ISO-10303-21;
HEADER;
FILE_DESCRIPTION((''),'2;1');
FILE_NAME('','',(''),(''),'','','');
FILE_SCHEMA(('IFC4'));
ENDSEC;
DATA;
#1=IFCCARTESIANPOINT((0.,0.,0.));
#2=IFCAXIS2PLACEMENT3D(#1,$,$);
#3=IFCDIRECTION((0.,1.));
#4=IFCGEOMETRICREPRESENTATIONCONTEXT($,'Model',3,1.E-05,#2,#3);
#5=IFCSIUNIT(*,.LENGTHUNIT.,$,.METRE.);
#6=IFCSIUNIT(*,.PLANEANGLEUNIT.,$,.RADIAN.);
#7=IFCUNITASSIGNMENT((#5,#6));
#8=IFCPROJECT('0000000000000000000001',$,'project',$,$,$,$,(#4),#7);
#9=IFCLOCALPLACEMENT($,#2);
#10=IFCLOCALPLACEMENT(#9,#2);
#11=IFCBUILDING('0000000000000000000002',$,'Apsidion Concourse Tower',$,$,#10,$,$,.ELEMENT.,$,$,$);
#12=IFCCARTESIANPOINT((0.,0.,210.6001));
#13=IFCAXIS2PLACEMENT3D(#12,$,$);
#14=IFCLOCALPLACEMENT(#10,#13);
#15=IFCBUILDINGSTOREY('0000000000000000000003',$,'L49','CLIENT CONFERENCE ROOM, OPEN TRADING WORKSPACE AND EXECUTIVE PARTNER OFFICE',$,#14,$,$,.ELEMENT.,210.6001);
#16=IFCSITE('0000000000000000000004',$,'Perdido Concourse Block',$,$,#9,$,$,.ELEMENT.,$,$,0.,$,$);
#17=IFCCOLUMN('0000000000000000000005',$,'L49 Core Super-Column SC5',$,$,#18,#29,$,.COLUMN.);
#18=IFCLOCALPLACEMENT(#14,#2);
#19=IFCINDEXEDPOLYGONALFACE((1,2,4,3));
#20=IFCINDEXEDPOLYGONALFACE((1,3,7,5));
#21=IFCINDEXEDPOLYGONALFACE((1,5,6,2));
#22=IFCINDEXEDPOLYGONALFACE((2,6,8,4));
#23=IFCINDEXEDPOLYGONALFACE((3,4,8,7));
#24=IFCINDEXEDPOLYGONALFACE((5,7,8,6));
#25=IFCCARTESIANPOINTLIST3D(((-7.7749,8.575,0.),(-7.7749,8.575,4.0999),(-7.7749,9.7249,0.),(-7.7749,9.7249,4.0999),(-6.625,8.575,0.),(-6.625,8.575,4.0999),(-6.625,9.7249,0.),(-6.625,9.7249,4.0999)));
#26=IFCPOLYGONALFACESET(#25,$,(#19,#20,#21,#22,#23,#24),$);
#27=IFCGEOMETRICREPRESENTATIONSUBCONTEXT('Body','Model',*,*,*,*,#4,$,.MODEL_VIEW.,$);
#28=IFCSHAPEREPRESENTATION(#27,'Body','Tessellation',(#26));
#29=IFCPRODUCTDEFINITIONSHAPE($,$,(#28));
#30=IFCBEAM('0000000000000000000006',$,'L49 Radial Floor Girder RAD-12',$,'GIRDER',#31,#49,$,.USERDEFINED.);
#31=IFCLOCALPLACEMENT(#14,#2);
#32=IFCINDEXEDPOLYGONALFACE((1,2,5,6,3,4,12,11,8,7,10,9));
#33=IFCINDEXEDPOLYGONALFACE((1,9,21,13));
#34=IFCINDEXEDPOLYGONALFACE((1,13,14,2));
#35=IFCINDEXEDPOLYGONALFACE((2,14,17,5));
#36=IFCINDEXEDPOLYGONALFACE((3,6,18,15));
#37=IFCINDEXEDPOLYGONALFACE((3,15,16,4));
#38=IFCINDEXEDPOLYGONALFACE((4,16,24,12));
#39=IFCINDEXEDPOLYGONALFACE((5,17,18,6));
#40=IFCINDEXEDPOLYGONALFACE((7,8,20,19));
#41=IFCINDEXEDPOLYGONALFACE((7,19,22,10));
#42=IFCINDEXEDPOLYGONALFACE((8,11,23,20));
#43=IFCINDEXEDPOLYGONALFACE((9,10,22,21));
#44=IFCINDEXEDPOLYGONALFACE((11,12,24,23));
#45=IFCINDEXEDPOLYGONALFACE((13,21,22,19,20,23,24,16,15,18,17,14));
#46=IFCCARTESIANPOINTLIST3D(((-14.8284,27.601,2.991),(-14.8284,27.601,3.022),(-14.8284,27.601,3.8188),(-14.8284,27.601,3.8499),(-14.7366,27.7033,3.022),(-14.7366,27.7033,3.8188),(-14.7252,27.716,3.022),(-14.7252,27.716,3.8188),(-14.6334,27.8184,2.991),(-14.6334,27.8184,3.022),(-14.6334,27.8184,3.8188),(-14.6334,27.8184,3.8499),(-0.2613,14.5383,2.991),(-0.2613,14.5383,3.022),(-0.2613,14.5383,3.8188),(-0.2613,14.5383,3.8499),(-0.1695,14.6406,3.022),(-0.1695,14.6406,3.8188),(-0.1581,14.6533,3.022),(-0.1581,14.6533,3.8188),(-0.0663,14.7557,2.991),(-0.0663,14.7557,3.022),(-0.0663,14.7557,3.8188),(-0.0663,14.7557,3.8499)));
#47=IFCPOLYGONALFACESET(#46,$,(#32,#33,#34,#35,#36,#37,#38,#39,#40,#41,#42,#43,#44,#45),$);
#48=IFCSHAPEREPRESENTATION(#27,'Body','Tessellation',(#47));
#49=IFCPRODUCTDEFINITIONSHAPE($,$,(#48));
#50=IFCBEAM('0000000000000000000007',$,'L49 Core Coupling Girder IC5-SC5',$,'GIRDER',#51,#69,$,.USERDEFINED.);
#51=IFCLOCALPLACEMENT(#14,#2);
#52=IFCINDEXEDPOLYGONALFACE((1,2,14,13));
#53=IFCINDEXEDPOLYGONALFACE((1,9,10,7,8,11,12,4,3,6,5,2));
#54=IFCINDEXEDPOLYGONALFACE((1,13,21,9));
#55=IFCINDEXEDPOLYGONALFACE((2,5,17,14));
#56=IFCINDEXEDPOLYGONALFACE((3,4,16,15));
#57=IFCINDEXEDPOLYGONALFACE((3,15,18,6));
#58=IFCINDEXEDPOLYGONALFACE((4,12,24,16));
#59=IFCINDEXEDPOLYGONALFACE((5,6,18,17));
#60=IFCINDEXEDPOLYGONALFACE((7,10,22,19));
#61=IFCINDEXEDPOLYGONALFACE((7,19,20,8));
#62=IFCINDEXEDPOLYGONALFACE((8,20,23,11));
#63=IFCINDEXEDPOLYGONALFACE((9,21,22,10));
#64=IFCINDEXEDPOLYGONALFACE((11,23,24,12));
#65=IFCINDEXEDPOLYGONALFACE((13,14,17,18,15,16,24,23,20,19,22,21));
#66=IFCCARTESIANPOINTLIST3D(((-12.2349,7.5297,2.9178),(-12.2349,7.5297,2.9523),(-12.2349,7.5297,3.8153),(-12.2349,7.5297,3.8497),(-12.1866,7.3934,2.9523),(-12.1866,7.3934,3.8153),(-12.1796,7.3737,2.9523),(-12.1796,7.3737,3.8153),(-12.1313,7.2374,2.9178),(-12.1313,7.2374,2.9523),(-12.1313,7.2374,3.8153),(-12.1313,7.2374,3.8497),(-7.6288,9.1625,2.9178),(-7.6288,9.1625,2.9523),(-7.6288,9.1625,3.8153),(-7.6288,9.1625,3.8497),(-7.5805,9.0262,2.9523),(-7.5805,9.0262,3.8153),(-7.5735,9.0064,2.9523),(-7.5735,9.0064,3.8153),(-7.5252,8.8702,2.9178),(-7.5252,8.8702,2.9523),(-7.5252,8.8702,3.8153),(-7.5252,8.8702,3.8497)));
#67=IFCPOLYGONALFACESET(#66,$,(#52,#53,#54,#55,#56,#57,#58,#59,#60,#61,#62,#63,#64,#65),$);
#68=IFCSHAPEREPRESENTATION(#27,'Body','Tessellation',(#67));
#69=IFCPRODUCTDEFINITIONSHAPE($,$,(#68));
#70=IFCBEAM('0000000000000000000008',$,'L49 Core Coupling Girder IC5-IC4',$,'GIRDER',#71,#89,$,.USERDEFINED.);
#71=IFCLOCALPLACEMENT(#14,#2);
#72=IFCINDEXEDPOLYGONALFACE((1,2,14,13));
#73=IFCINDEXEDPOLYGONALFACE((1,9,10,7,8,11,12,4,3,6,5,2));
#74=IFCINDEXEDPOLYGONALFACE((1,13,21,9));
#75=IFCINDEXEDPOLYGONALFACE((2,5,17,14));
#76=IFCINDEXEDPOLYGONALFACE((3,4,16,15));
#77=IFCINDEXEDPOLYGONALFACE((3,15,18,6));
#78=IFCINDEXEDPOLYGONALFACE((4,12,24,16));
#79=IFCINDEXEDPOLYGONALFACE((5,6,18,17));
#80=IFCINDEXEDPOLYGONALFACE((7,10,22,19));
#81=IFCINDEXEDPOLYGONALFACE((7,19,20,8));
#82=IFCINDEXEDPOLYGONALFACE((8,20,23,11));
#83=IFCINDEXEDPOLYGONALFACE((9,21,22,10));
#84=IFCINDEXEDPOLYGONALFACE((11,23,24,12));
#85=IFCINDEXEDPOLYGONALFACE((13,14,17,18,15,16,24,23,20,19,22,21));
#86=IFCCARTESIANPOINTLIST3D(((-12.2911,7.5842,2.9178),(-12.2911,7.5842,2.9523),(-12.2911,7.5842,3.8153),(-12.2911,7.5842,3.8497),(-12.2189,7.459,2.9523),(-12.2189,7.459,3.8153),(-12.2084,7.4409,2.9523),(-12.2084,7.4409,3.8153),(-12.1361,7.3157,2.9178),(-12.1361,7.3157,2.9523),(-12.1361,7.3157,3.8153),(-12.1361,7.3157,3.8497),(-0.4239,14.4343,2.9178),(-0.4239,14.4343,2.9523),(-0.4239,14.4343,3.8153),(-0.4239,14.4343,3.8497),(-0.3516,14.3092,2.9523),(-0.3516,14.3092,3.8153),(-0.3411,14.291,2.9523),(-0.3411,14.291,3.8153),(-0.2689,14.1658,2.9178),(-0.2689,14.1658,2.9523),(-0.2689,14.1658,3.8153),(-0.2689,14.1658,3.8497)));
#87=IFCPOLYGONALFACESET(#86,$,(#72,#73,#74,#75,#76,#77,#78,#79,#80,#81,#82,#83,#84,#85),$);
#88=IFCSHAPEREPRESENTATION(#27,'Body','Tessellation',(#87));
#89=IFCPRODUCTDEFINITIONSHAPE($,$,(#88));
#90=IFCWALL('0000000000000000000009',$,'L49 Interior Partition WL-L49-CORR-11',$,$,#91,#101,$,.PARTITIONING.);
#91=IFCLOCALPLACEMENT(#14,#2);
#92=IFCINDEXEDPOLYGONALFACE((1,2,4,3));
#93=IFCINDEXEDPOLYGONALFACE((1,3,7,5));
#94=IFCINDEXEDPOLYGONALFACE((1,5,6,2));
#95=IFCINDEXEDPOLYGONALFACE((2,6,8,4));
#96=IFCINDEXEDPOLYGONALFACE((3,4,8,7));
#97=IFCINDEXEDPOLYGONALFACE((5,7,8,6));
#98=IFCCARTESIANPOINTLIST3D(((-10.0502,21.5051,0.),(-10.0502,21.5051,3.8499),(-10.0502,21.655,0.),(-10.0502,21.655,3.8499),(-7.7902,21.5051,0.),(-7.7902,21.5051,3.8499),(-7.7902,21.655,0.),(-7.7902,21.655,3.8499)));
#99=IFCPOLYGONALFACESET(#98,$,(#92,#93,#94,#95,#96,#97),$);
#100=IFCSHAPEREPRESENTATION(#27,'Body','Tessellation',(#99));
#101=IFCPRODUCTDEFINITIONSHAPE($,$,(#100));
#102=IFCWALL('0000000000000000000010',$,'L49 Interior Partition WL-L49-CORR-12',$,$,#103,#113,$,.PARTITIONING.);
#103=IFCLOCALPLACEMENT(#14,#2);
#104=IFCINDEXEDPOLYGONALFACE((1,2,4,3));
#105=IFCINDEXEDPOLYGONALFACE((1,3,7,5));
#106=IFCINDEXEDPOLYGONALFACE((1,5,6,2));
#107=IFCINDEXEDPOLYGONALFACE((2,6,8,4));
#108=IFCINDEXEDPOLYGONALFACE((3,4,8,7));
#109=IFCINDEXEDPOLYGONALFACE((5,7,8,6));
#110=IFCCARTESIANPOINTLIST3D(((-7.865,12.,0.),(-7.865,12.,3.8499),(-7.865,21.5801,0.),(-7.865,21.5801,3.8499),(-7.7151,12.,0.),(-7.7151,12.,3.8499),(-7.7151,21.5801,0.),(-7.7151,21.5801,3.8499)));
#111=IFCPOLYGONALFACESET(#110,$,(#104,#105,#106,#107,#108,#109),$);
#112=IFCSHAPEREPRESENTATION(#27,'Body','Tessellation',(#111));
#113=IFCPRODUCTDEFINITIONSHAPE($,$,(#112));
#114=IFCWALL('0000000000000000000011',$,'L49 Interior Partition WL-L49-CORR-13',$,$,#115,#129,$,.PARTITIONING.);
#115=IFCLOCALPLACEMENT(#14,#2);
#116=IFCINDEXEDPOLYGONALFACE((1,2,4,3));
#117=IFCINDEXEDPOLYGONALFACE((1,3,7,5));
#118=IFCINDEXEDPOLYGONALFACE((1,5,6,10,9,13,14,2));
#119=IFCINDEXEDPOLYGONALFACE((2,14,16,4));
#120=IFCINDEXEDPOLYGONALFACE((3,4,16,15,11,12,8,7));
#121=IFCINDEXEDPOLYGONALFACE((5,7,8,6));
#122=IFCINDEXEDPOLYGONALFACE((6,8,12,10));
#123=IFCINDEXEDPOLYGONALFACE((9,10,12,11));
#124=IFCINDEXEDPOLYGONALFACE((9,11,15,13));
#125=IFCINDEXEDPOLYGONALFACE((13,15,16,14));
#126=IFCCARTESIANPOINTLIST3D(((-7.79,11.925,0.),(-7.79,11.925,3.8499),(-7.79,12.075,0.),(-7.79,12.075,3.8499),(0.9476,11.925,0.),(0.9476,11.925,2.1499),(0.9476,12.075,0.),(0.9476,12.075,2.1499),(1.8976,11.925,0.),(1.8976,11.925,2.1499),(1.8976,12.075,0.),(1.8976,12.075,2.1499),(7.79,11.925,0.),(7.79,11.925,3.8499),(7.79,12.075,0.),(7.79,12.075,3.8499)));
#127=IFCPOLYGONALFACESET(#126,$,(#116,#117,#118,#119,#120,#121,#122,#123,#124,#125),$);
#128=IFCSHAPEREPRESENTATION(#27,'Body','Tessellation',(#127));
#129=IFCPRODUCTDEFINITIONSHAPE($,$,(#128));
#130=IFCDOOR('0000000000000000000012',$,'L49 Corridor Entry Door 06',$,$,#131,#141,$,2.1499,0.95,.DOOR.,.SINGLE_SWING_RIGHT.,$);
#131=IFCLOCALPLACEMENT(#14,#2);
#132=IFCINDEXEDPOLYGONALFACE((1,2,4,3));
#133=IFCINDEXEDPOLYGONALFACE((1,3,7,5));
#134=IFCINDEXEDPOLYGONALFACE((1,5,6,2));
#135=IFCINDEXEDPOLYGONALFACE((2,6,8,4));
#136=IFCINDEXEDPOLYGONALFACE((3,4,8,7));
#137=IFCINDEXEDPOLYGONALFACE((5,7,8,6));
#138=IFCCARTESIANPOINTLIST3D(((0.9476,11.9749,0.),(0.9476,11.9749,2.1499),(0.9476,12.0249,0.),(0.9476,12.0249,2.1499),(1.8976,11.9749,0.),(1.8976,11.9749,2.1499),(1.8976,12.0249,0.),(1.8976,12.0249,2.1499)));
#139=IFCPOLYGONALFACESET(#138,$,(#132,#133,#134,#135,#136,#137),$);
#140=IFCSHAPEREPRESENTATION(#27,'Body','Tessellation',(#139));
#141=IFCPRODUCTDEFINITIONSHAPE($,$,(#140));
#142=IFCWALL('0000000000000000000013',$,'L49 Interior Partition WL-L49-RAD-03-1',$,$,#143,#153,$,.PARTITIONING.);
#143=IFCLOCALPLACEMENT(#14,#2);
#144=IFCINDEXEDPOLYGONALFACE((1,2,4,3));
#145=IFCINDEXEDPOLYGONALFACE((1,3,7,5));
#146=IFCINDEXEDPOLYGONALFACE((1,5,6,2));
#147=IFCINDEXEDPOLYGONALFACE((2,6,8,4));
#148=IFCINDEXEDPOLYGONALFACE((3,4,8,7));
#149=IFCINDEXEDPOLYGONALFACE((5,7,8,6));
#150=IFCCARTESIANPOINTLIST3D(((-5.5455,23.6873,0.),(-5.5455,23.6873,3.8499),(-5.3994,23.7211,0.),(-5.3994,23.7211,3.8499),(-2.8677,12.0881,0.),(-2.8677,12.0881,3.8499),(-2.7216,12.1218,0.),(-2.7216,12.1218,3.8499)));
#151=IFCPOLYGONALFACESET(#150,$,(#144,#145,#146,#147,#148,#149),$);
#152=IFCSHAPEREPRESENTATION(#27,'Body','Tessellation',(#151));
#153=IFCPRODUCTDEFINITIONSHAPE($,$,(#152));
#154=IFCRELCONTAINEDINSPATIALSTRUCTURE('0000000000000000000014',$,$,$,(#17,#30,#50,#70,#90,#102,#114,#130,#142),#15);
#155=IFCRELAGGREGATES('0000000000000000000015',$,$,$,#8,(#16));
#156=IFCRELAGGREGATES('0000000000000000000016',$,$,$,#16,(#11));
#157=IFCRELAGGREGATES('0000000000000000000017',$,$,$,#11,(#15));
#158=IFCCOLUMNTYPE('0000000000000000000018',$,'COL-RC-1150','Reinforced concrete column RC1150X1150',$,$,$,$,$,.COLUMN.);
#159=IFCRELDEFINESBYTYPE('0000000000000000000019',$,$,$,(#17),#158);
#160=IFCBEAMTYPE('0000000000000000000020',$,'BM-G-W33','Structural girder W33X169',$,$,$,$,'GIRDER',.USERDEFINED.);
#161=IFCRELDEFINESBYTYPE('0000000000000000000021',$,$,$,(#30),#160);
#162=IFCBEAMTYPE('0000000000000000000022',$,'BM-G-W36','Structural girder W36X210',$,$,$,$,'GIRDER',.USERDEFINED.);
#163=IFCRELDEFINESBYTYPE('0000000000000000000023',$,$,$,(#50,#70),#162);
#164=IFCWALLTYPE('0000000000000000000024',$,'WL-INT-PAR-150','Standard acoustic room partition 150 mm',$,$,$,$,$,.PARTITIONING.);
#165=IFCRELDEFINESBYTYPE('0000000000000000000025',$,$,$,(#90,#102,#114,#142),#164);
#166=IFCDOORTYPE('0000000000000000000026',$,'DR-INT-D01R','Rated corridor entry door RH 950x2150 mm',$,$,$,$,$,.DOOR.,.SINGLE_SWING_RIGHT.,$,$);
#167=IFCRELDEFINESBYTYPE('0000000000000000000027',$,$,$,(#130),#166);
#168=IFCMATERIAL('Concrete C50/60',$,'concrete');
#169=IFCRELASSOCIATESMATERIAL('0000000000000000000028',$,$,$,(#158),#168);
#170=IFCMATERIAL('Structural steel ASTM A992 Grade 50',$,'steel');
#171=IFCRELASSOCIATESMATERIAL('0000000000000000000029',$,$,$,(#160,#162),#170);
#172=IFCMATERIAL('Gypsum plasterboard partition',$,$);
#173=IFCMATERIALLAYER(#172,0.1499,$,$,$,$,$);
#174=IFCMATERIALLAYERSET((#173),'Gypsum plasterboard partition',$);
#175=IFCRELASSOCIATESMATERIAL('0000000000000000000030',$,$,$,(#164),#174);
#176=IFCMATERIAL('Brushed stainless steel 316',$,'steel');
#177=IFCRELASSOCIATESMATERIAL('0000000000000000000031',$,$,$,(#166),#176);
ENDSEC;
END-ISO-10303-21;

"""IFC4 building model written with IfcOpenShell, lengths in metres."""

from ifc_helpers import new_model, si_unit, direction, frame, frame_2d, origin, origin_2d, place, context, subcontext, project, spatial, rectangle, i_section, extrude, material, layer, layer_set, material_profile, profile_set, type_object, element, fill, save


model = new_model("IFC4")

# Units and contexts
model_context = context("Model", 3, precision=1e-05, world=origin(), true_north=direction((0.0, 1.0)))
body_context = subcontext(model_context, "Body", "Model", "MODEL_VIEW")
ifc_project = project(units=[si_unit("LENGTHUNIT", "METRE"), si_unit("PLANEANGLEUNIT", "RADIAN")], contexts=[model_context])

# Site, building, storey
site_placement = place(None, origin())
site = spatial("IfcSite", under=ifc_project, at=site_placement, Name="Perdido Concourse Block", CompositionType="ELEMENT", RefElevation=0.0)
building_placement = place(site_placement, origin())
building = spatial("IfcBuilding", under=site, at=building_placement, Name="Apsidion Concourse Tower", CompositionType="ELEMENT")
storey_placement = place(building_placement, frame((0.0, 0.0, 210.6001)))
storey = spatial("IfcBuildingStorey", under=building, at=storey_placement, Name="L49", Description="CLIENT CONFERENCE ROOM, OPEN TRADING WORKSPACE AND EXECUTIVE PARTNER OFFICE", CompositionType="ELEMENT", Elevation=210.6001)

# Column
ifc_material_1 = material(Name="Concrete C50/60", Category="concrete")
ifc_material_profile_1 = material_profile(ifc_material_1, rectangle(XDim=1.1499, YDim=1.1499, at=origin_2d()), Name="RC 1150x1150")
ifc_profile_set_1 = profile_set([ifc_material_profile_1], Name="Concrete C50/60")
column_type = type_object("IfcColumnType", Name="COL-RC-1150", Description="Reinforced concrete column RC1150X1150", PredefinedType="COLUMN", material=ifc_profile_set_1)
column_placement = place(storey_placement, frame((-7.2, 9.1499, 0.0), z_axis=(0.0, 0.0, 1.0), x_axis=(1.0, 0.0, 0.0)))
element("IfcColumn", 1, at=column_placement, inside=storey, type_object=column_type, Name="L49 Core Super-Column SC5", PredefinedType="COLUMN", context=body_context, shape_type="SweptSolid", body=[
    extrude(rectangle(XDim=1.1499, YDim=1.1499, at=origin_2d()), origin(), (0.0, 0.0, 1.0), 4.0999),
])

# Beams
ifc_material_2 = material(Name="Structural steel ASTM A992 Grade 50", Category="steel")
ifc_material_profile_2 = material_profile(ifc_material_2, i_section(OverallWidth=0.292, OverallDepth=0.8589, WebThickness=0.0171, FlangeThickness=0.031, at=origin_2d()), Name="W33X169")
ifc_profile_set_2 = profile_set([ifc_material_profile_2], Name="Structural steel ASTM A992 Grade 50")
beam_type_1 = type_object("IfcBeamType", Name="BM-G-W33", Description="Structural girder W33X169", ElementType="GIRDER", PredefinedType="USERDEFINED", material=ifc_profile_set_2)
beam_1_placement = place(storey_placement, frame((-0.1638, 14.647, 3.4204), z_axis=(-0.744505, 0.667617, 0.0), x_axis=(-0.667617, -0.744505, 0.0)))
element("IfcBeam", 2, at=beam_1_placement, inside=storey, type_object=beam_type_1, Name="L49 Radial Floor Girder RAD-12", ObjectType="GIRDER", PredefinedType="USERDEFINED", context=body_context, shape_type="SweptSolid", body=[
    extrude(i_section(OverallWidth=0.292, OverallDepth=0.8589, WebThickness=0.0171, FlangeThickness=0.031, at=origin_2d()), origin(), (0.0, 0.0, 1.0), 19.5662),
])
ifc_material_profile_3 = material_profile(ifc_material_2, i_section(OverallWidth=0.3101, OverallDepth=0.9319, WebThickness=0.021, FlangeThickness=0.0344, at=origin_2d()), Name="W36X210")
ifc_profile_set_3 = profile_set([ifc_material_profile_3], Name="Structural steel ASTM A992 Grade 50")
beam_type_2 = type_object("IfcBeamType", Name="BM-G-W36", Description="Structural girder W36X210", ElementType="GIRDER", PredefinedType="USERDEFINED", material=ifc_profile_set_3)
beam_2_placement = place(storey_placement, frame((-12.1831, 7.3835, 3.3838), z_axis=(0.942534, 0.334111, 0.0), x_axis=(-0.334111, 0.942534, 0.0)))
element("IfcBeam", 3, at=beam_2_placement, inside=storey, type_object=beam_type_2, Name="L49 Core Coupling Girder IC5-SC5", ObjectType="GIRDER", PredefinedType="USERDEFINED", context=body_context, shape_type="SweptSolid", body=[
    extrude(i_section(OverallWidth=0.3101, OverallDepth=0.9319, WebThickness=0.021, FlangeThickness=0.0344, at=origin_2d()), origin(), (0.0, 0.0, 1.0), 4.887),
])
beam_3_placement = place(storey_placement, frame((-12.2136, 7.45, 3.3838), z_axis=(0.86607, 0.499922, 0.0), x_axis=(-0.499922, 0.86607, 0.0)))
element("IfcBeam", 4, at=beam_3_placement, inside=storey, type_object=beam_type_2, Name="L49 Core Coupling Girder IC5-IC4", ObjectType="GIRDER", PredefinedType="USERDEFINED", context=body_context, shape_type="SweptSolid", body=[
    extrude(i_section(OverallWidth=0.3101, OverallDepth=0.9319, WebThickness=0.021, FlangeThickness=0.0344, at=origin_2d()), origin(), (0.0, 0.0, 1.0), 13.7024),
])

# Walls
ifc_material_3 = material(Name="Gypsum plasterboard partition")
ifc_layer_1 = layer(ifc_material_3, 0.1499)
ifc_layer_set_1 = layer_set([ifc_layer_1], Name="Gypsum plasterboard partition")
wall_type_1 = type_object("IfcWallType", Name="WL-INT-PAR-150", Description="Standard acoustic room partition 150 mm", PredefinedType="PARTITIONING", material=ifc_layer_set_1)
wall_1_placement = place(storey_placement, frame((-10.05, 21.5801, 0.0), z_axis=(0.0, 0.0, 1.0), x_axis=(1.0, 0.0, 0.0)))
element("IfcWall", 5, at=wall_1_placement, inside=storey, type_object=wall_type_1, Name="L49 Interior Partition WL-L49-CORR-11", PredefinedType="PARTITIONING", context=body_context, shape_type="SweptSolid", body=[
    extrude(rectangle(XDim=2.26, YDim=0.1499, at=frame_2d((1.1299, 0.0))), origin(), (0.0, 0.0, 1.0), 3.8499),
])
wall_2_placement = place(storey_placement, frame((-7.79, 21.5801, 0.0), z_axis=(0.0, 0.0, 1.0), x_axis=(0.0, -1.0, 0.0)))
element("IfcWall", 6, at=wall_2_placement, inside=storey, type_object=wall_type_1, Name="L49 Interior Partition WL-L49-CORR-12", PredefinedType="PARTITIONING", context=body_context, shape_type="SweptSolid", body=[
    extrude(rectangle(XDim=9.5801, YDim=0.1499, at=frame_2d((4.79, 0.0))), origin(), (0.0, 0.0, 1.0), 3.8499),
])

# Wall, opening, door
wall_3_placement = place(storey_placement, frame((-7.79, 12.0, 0.0), z_axis=(0.0, 0.0, 1.0), x_axis=(1.0, 0.0, 0.0)))
wall_3 = element("IfcWall", 7, at=wall_3_placement, inside=storey, type_object=wall_type_1, Name="L49 Interior Partition WL-L49-CORR-13", PredefinedType="PARTITIONING", context=body_context, shape_type="SweptSolid", body=[
    extrude(rectangle(XDim=15.5801, YDim=0.1499, at=frame_2d((7.79, 0.0))), origin(), (0.0, 0.0, 1.0), 3.8499),
])
opening_1_placement = place(wall_3_placement, frame((8.7375, 0.0, 0.0)))
opening_1 = element("IfcOpeningElement", 8, at=opening_1_placement, cuts=wall_3, PredefinedType="OPENING", context=body_context, shape_type="SweptSolid", body=[
    extrude(rectangle(XDim=0.95, YDim=2.1499, at=frame_2d((0.4751, 1.075))), frame((0.0, 0.085, 0.0), z_axis=(0.0, -1.0, 0.0), x_axis=(1.0, 0.0, 0.0)), (0.0, 0.0, 1.0), 0.1699),
])
ifc_material_4 = material(Name="Brushed stainless steel 316", Category="steel")
door_type_1 = type_object("IfcDoorType", Name="DR-INT-D01R", Description="Rated corridor entry door RH 950x2150 mm", OperationType="SINGLE_SWING_RIGHT", PredefinedType="DOOR", material=ifc_material_4)
door_1_placement = place(opening_1_placement, origin())
door_1 = element("IfcDoor", 9, at=door_1_placement, inside=storey, type_object=door_type_1, Name="L49 Corridor Entry Door 06", OperationType="SINGLE_SWING_RIGHT", OverallHeight=2.1499, OverallWidth=0.95, PredefinedType="DOOR", context=body_context, shape_type="SweptSolid", body=[
    extrude(rectangle(XDim=0.95, YDim=2.1499, at=frame_2d((0.4751, 1.075))), frame((0.0, 0.0249, 0.0), z_axis=(0.0, -1.0, 0.0), x_axis=(1.0, 0.0, 0.0)), (0.0, 0.0, 1.0), 0.05),
])
fill(opening_1, door_1)

# Wall
wall_4_placement = place(storey_placement, frame((-2.7947, 12.105, 0.0), z_axis=(0.0, 0.0, 1.0), x_axis=(-0.22494, 0.974373, 0.0)))
element("IfcWall", 10, at=wall_4_placement, inside=storey, type_object=wall_type_1, Name="L49 Interior Partition WL-L49-RAD-03-1", PredefinedType="PARTITIONING", context=body_context, shape_type="SweptSolid", body=[
    extrude(rectangle(XDim=11.9043, YDim=0.1499, at=frame_2d((5.9521, 0.0))), origin(), (0.0, 0.0, 1.0), 3.8499),
])

save(model, "model.ifc")
